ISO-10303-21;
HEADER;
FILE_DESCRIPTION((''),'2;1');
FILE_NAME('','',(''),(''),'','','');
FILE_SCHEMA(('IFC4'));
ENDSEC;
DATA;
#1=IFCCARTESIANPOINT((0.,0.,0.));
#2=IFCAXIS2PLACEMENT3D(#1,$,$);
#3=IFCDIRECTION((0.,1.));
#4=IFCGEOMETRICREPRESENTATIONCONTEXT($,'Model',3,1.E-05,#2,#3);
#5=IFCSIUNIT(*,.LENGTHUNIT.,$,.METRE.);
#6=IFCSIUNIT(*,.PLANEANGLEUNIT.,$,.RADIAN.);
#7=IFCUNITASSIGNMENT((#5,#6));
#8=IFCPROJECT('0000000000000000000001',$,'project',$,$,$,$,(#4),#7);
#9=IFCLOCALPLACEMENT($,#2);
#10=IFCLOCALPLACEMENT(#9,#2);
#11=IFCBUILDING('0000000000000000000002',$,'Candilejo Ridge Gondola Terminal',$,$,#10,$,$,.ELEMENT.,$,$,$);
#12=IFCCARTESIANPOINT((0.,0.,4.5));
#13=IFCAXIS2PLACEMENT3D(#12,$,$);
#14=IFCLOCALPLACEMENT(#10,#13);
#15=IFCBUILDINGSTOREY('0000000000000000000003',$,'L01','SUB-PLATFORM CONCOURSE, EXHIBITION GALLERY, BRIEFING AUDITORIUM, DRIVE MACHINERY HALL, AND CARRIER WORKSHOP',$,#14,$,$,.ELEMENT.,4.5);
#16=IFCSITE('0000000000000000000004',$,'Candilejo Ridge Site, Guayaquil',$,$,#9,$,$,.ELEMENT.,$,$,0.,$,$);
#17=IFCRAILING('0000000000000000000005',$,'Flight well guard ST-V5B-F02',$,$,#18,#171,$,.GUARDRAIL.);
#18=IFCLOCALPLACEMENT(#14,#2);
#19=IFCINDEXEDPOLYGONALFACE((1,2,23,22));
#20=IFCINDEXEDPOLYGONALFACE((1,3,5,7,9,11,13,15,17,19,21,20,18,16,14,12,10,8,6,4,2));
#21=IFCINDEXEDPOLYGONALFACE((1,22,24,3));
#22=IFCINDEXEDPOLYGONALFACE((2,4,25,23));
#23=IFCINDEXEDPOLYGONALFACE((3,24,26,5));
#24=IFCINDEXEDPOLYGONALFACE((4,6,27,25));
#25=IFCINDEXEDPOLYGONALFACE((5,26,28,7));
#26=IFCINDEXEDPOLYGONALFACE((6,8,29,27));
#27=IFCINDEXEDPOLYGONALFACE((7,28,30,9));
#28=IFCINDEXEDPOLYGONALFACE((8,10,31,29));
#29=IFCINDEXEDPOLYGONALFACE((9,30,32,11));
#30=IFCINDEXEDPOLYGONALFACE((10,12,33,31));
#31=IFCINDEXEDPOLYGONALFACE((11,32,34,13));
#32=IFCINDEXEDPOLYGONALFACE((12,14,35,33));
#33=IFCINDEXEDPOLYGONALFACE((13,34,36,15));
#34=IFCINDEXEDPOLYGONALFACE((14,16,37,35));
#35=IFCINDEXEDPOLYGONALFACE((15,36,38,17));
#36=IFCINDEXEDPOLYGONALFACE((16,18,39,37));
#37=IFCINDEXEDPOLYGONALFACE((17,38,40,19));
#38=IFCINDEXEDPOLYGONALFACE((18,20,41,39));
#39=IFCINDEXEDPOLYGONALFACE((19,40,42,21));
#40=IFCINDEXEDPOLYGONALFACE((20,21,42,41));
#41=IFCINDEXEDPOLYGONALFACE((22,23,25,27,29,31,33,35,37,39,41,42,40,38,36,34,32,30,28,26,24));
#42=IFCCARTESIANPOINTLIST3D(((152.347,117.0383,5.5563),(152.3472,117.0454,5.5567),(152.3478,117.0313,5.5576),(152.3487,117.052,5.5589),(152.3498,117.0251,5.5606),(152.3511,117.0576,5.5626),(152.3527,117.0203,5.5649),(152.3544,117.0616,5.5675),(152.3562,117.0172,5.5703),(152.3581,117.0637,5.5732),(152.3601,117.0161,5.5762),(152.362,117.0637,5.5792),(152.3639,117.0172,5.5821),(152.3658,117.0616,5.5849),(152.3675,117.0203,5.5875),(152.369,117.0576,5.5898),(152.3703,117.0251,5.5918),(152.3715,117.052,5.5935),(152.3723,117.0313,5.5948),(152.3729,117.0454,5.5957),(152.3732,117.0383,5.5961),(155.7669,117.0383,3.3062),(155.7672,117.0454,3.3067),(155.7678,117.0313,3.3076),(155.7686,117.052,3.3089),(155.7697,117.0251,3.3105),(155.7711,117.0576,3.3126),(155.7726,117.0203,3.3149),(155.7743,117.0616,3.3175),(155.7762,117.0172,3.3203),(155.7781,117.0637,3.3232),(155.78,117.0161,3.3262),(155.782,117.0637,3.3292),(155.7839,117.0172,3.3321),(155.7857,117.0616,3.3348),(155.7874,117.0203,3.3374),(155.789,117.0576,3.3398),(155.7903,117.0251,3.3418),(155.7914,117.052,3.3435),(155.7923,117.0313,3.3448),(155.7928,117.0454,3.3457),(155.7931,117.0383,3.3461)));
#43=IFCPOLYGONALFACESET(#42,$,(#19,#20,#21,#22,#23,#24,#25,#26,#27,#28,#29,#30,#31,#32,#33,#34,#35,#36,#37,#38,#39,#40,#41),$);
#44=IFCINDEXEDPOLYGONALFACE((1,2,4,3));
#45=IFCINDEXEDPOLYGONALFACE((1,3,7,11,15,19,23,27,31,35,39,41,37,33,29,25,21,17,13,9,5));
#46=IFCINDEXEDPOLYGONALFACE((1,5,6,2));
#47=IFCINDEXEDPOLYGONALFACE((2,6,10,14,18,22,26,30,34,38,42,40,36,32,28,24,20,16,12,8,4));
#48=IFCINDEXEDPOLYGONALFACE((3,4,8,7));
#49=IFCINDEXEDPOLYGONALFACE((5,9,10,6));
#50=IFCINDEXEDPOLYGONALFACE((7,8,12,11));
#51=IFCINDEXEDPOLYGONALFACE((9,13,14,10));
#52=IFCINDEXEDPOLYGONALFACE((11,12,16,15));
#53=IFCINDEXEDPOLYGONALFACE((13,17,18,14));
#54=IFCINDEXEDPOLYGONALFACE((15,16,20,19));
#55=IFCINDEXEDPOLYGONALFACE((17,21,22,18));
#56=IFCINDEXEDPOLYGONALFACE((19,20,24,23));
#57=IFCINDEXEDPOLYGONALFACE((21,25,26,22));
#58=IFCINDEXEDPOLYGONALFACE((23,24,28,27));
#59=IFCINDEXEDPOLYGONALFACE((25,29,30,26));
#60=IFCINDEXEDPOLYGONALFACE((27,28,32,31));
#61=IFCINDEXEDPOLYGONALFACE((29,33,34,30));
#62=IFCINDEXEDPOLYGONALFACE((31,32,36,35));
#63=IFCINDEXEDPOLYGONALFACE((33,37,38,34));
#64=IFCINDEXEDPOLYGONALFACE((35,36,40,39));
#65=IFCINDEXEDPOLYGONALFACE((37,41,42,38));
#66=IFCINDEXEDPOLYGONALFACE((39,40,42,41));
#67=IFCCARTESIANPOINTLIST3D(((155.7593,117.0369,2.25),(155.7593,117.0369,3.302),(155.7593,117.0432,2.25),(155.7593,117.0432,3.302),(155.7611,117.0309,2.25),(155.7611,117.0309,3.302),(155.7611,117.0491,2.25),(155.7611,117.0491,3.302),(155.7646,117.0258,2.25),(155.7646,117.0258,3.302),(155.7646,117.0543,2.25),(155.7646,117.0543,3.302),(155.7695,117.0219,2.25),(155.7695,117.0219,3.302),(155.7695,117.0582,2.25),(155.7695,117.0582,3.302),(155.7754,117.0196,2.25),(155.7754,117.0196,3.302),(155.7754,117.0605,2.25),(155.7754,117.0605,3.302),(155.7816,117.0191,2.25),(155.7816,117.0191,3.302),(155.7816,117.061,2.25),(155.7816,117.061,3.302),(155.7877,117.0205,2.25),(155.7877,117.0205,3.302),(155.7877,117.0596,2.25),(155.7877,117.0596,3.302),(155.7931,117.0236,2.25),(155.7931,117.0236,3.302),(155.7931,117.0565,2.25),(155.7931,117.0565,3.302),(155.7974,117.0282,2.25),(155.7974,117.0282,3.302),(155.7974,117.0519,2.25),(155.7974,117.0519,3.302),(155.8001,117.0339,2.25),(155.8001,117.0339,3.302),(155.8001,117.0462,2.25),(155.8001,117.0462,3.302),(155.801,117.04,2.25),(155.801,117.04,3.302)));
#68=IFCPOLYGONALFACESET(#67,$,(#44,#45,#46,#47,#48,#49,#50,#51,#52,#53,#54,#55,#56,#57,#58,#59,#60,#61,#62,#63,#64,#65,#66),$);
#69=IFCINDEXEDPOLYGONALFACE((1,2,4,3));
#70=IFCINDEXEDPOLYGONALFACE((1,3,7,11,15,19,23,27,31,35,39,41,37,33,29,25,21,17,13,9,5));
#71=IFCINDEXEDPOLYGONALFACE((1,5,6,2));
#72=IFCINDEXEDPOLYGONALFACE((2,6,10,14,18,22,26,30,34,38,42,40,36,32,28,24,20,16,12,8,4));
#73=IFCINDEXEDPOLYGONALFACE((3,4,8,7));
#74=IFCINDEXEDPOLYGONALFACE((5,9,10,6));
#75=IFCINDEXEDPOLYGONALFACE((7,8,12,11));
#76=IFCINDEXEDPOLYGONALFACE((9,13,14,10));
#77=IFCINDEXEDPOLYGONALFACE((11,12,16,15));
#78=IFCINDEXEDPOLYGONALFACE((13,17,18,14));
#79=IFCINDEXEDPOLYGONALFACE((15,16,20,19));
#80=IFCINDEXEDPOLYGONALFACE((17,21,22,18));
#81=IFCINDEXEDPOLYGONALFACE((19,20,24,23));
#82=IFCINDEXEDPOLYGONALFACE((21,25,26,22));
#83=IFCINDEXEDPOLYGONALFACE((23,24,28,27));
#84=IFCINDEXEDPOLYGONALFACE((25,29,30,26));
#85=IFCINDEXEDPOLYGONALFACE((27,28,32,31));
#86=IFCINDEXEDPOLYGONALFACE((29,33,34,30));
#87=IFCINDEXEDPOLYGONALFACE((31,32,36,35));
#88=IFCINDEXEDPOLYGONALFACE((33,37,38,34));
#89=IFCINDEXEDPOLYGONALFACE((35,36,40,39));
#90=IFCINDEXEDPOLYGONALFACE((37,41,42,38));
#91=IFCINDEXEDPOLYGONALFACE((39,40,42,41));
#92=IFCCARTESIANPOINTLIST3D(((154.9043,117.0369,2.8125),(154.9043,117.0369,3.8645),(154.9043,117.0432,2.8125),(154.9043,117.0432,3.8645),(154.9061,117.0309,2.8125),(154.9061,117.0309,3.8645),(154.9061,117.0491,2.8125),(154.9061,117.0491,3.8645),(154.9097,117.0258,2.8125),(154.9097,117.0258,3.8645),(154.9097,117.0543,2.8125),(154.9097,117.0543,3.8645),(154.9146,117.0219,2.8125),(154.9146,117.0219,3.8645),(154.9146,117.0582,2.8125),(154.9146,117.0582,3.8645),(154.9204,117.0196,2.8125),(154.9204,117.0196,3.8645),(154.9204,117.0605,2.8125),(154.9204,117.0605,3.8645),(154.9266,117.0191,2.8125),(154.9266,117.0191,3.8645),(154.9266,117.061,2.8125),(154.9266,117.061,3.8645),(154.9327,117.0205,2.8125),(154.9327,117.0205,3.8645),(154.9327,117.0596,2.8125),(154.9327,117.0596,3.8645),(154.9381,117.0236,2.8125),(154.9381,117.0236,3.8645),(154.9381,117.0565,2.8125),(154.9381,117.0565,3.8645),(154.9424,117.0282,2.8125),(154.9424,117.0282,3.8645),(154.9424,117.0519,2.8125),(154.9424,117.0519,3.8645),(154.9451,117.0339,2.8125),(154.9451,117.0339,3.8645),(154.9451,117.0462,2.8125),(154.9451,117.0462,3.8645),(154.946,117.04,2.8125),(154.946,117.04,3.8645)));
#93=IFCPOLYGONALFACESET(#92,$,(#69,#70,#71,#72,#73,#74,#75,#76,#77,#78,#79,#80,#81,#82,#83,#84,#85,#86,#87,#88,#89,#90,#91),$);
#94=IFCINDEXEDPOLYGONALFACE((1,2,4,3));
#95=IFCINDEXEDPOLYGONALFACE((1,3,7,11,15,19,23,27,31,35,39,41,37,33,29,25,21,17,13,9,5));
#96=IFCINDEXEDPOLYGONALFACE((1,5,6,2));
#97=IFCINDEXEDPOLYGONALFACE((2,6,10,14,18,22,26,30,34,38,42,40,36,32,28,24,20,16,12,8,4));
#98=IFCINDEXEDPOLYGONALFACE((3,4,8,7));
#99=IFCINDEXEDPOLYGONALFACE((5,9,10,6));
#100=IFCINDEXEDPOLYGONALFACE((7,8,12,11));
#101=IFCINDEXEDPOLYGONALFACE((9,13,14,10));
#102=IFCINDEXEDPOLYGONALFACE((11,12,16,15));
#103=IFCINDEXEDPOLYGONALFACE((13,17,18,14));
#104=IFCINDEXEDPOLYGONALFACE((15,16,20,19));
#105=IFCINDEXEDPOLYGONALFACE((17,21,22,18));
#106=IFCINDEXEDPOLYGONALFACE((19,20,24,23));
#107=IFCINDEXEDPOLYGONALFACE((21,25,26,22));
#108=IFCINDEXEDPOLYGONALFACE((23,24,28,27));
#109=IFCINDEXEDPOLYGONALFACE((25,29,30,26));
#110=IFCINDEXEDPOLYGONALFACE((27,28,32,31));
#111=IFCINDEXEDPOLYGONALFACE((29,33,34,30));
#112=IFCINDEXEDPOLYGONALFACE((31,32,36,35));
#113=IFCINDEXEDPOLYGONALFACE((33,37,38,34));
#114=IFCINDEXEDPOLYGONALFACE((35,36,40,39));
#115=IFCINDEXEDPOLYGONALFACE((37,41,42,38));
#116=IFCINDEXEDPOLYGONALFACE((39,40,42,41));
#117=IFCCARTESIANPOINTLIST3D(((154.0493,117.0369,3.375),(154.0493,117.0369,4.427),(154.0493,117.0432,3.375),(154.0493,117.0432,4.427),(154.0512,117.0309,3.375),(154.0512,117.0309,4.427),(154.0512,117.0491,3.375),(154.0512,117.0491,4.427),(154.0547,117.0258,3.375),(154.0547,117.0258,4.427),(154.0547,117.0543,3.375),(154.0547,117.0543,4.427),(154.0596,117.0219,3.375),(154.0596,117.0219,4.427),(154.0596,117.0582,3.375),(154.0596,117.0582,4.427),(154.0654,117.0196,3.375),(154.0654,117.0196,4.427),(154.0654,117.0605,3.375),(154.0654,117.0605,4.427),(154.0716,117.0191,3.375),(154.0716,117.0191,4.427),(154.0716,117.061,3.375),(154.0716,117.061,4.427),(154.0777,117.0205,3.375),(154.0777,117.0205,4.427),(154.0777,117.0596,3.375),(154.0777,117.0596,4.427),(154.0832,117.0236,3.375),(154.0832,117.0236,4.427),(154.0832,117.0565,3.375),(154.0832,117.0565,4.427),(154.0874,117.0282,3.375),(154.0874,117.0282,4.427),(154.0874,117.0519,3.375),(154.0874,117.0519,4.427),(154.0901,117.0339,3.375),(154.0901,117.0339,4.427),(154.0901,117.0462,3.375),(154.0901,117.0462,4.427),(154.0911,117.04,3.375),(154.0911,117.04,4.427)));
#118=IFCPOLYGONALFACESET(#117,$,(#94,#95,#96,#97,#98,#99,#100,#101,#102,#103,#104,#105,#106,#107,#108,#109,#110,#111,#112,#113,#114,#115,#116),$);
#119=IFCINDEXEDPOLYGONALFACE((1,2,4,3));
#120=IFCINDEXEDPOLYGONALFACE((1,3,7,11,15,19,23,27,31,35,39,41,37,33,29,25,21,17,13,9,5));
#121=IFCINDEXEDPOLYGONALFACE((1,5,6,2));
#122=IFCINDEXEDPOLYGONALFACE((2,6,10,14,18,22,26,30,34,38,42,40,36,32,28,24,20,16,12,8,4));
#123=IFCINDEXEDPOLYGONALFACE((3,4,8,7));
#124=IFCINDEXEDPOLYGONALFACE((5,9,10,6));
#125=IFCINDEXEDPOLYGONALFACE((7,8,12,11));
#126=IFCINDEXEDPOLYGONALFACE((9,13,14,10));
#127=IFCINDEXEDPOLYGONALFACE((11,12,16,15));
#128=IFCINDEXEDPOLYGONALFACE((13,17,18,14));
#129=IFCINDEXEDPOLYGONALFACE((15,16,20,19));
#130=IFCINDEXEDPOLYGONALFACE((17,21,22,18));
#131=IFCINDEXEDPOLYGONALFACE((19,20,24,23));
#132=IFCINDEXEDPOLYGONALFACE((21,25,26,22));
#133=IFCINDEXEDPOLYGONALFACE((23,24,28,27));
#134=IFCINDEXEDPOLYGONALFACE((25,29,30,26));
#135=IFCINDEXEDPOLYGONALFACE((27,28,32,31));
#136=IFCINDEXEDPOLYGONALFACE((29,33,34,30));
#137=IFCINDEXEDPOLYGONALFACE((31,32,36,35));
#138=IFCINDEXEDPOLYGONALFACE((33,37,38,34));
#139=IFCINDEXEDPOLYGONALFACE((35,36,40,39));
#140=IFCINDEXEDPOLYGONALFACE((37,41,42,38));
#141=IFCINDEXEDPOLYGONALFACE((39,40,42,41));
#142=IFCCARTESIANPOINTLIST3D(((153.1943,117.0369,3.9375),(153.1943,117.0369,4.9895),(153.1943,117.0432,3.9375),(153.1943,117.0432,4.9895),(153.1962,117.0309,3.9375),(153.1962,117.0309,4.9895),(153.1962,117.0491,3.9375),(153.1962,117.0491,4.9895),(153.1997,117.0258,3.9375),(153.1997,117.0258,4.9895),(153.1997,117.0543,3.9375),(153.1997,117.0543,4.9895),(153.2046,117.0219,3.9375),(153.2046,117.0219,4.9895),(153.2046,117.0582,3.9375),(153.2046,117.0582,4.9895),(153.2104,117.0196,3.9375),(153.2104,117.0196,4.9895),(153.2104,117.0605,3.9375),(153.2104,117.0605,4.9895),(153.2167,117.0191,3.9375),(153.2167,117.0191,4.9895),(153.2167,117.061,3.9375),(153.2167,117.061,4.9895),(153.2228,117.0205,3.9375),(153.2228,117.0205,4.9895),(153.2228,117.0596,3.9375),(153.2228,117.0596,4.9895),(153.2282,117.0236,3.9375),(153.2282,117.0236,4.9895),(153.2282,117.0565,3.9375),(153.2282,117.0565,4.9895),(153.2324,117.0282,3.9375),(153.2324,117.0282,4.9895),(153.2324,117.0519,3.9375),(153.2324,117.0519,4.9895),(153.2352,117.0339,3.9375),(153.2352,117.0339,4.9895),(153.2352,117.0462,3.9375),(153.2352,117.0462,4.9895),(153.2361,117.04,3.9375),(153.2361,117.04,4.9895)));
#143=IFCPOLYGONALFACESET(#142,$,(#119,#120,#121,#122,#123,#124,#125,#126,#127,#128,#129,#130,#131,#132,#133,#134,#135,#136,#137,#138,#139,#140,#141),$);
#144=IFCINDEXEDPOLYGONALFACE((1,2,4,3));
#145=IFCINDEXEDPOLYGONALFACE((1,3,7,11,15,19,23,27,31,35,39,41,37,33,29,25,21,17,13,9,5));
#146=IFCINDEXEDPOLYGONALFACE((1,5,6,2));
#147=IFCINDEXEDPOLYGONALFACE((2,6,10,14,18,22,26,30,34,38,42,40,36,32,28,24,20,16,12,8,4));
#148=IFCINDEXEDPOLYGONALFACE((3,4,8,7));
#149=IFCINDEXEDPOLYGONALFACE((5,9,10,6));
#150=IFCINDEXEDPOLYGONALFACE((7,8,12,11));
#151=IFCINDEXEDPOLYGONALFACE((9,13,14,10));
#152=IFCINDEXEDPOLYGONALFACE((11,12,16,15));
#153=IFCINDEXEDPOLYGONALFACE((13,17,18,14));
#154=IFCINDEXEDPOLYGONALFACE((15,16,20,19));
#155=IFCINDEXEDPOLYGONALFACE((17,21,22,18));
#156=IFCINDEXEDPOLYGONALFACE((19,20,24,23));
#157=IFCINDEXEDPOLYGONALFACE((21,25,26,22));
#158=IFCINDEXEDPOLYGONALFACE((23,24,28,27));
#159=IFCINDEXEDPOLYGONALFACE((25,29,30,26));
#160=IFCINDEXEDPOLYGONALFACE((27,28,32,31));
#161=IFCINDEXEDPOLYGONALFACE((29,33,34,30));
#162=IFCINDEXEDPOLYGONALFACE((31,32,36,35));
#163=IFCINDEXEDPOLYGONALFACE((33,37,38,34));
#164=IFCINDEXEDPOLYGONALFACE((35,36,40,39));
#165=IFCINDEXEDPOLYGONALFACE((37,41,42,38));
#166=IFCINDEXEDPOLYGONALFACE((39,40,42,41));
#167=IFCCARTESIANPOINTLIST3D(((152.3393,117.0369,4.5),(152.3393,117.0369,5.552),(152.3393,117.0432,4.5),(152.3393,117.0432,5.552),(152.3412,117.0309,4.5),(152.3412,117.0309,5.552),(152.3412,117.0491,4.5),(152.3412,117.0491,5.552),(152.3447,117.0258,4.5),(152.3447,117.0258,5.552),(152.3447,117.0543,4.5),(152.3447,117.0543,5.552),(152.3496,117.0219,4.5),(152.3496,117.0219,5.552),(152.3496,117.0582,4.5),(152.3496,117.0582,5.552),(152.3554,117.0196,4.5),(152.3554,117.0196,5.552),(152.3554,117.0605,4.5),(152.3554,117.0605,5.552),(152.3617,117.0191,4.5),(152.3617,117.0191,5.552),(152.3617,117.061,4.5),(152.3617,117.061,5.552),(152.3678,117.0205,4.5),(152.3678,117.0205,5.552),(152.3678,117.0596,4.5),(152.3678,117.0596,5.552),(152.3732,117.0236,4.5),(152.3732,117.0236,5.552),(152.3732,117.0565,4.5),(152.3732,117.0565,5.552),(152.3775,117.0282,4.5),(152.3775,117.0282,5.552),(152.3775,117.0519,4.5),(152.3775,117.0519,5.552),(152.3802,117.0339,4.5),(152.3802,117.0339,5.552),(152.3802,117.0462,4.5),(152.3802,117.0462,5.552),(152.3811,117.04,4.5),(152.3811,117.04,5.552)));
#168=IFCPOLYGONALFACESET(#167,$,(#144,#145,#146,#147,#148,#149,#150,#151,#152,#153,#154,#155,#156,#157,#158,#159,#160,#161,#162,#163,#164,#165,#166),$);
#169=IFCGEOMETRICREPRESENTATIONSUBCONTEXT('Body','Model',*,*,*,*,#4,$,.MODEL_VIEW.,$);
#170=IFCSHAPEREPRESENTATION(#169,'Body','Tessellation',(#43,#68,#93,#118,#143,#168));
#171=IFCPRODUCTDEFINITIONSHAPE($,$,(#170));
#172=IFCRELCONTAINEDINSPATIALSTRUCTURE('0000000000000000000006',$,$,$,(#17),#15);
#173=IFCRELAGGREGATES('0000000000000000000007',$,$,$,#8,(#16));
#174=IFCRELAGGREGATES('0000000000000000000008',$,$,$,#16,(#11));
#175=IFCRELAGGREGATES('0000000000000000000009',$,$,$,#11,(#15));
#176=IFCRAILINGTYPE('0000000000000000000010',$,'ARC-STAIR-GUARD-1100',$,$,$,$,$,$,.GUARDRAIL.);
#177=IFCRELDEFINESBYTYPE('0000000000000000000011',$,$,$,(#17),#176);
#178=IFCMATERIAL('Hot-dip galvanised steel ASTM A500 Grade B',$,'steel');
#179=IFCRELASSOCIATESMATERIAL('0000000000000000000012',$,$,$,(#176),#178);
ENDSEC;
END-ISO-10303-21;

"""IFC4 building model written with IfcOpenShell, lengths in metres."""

from ifc_helpers import new_model, si_unit, direction, frame, origin, origin_2d, place, context, subcontext, project, spatial, circle, extrude, material, type_object, element, save


model = new_model("IFC4")

# Units and contexts
model_context = context("Model", 3, precision=1e-05, world=origin(), true_north=direction((0.0, 1.0)))
body_context = subcontext(model_context, "Body", "Model", "MODEL_VIEW")
ifc_project = project(units=[si_unit("LENGTHUNIT", "METRE"), si_unit("PLANEANGLEUNIT", "RADIAN")], contexts=[model_context])

# Site, building, storey
site_placement = place(None, origin())
site = spatial("IfcSite", under=ifc_project, at=site_placement, Name="Candilejo Ridge Site, Guayaquil", CompositionType="ELEMENT", RefElevation=0.0)
building_placement = place(site_placement, origin())
building = spatial("IfcBuilding", under=site, at=building_placement, Name="Candilejo Ridge Gondola Terminal", CompositionType="ELEMENT")
storey_placement = place(building_placement, frame((0.0, 0.0, 4.5)))
storey = spatial("IfcBuildingStorey", under=building, at=storey_placement, Name="L01", Description="SUB-PLATFORM CONCOURSE, EXHIBITION GALLERY, BRIEFING AUDITORIUM, DRIVE MACHINERY HALL, AND CARRIER WORKSHOP", CompositionType="ELEMENT", Elevation=4.5)

# Railing
ifc_material_1 = material(Name="Hot-dip galvanised steel ASTM A500 Grade B", Category="steel")
railing_type_1 = type_object("IfcRailingType", Name="ARC-STAIR-GUARD-1100", PredefinedType="GUARDRAIL", material=ifc_material_1)
railing_1_placement = place(storey_placement, frame((155.78, 117.04, 2.25)))
element("IfcRailing", 1, at=railing_1_placement, inside=storey, type_object=railing_type_1, Name="Flight well guard ST-V5B-F02", PredefinedType="GUARDRAIL", context=body_context, shape_type="SweptSolid", body=[
    extrude(circle(Radius=0.0239, at=origin_2d()), frame((0.0, 0.0, 1.0762), z_axis=(-0.835411, 0.0, 0.549625), x_axis=(0.0, -1.0, 0.0)), (0.0, 0.0, 1.0), 4.0938),
    extrude(circle(Radius=0.021, at=origin_2d()), origin(), (0.0, 0.0, 1.0), 1.052),
    extrude(circle(Radius=0.021, at=origin_2d()), frame((-0.855, 0.0, 0.5625)), (0.0, 0.0, 1.0), 1.052),
    extrude(circle(Radius=0.021, at=origin_2d()), frame((-1.71, 0.0, 1.125)), (0.0, 0.0, 1.0), 1.052),
    extrude(circle(Radius=0.021, at=origin_2d()), frame((-2.5649, 0.0, 1.6875)), (0.0, 0.0, 1.0), 1.052),
    extrude(circle(Radius=0.021, at=origin_2d()), frame((-3.4199, 0.0, 2.25)), (0.0, 0.0, 1.0), 1.052),
])

save(model, "model.ifc")
